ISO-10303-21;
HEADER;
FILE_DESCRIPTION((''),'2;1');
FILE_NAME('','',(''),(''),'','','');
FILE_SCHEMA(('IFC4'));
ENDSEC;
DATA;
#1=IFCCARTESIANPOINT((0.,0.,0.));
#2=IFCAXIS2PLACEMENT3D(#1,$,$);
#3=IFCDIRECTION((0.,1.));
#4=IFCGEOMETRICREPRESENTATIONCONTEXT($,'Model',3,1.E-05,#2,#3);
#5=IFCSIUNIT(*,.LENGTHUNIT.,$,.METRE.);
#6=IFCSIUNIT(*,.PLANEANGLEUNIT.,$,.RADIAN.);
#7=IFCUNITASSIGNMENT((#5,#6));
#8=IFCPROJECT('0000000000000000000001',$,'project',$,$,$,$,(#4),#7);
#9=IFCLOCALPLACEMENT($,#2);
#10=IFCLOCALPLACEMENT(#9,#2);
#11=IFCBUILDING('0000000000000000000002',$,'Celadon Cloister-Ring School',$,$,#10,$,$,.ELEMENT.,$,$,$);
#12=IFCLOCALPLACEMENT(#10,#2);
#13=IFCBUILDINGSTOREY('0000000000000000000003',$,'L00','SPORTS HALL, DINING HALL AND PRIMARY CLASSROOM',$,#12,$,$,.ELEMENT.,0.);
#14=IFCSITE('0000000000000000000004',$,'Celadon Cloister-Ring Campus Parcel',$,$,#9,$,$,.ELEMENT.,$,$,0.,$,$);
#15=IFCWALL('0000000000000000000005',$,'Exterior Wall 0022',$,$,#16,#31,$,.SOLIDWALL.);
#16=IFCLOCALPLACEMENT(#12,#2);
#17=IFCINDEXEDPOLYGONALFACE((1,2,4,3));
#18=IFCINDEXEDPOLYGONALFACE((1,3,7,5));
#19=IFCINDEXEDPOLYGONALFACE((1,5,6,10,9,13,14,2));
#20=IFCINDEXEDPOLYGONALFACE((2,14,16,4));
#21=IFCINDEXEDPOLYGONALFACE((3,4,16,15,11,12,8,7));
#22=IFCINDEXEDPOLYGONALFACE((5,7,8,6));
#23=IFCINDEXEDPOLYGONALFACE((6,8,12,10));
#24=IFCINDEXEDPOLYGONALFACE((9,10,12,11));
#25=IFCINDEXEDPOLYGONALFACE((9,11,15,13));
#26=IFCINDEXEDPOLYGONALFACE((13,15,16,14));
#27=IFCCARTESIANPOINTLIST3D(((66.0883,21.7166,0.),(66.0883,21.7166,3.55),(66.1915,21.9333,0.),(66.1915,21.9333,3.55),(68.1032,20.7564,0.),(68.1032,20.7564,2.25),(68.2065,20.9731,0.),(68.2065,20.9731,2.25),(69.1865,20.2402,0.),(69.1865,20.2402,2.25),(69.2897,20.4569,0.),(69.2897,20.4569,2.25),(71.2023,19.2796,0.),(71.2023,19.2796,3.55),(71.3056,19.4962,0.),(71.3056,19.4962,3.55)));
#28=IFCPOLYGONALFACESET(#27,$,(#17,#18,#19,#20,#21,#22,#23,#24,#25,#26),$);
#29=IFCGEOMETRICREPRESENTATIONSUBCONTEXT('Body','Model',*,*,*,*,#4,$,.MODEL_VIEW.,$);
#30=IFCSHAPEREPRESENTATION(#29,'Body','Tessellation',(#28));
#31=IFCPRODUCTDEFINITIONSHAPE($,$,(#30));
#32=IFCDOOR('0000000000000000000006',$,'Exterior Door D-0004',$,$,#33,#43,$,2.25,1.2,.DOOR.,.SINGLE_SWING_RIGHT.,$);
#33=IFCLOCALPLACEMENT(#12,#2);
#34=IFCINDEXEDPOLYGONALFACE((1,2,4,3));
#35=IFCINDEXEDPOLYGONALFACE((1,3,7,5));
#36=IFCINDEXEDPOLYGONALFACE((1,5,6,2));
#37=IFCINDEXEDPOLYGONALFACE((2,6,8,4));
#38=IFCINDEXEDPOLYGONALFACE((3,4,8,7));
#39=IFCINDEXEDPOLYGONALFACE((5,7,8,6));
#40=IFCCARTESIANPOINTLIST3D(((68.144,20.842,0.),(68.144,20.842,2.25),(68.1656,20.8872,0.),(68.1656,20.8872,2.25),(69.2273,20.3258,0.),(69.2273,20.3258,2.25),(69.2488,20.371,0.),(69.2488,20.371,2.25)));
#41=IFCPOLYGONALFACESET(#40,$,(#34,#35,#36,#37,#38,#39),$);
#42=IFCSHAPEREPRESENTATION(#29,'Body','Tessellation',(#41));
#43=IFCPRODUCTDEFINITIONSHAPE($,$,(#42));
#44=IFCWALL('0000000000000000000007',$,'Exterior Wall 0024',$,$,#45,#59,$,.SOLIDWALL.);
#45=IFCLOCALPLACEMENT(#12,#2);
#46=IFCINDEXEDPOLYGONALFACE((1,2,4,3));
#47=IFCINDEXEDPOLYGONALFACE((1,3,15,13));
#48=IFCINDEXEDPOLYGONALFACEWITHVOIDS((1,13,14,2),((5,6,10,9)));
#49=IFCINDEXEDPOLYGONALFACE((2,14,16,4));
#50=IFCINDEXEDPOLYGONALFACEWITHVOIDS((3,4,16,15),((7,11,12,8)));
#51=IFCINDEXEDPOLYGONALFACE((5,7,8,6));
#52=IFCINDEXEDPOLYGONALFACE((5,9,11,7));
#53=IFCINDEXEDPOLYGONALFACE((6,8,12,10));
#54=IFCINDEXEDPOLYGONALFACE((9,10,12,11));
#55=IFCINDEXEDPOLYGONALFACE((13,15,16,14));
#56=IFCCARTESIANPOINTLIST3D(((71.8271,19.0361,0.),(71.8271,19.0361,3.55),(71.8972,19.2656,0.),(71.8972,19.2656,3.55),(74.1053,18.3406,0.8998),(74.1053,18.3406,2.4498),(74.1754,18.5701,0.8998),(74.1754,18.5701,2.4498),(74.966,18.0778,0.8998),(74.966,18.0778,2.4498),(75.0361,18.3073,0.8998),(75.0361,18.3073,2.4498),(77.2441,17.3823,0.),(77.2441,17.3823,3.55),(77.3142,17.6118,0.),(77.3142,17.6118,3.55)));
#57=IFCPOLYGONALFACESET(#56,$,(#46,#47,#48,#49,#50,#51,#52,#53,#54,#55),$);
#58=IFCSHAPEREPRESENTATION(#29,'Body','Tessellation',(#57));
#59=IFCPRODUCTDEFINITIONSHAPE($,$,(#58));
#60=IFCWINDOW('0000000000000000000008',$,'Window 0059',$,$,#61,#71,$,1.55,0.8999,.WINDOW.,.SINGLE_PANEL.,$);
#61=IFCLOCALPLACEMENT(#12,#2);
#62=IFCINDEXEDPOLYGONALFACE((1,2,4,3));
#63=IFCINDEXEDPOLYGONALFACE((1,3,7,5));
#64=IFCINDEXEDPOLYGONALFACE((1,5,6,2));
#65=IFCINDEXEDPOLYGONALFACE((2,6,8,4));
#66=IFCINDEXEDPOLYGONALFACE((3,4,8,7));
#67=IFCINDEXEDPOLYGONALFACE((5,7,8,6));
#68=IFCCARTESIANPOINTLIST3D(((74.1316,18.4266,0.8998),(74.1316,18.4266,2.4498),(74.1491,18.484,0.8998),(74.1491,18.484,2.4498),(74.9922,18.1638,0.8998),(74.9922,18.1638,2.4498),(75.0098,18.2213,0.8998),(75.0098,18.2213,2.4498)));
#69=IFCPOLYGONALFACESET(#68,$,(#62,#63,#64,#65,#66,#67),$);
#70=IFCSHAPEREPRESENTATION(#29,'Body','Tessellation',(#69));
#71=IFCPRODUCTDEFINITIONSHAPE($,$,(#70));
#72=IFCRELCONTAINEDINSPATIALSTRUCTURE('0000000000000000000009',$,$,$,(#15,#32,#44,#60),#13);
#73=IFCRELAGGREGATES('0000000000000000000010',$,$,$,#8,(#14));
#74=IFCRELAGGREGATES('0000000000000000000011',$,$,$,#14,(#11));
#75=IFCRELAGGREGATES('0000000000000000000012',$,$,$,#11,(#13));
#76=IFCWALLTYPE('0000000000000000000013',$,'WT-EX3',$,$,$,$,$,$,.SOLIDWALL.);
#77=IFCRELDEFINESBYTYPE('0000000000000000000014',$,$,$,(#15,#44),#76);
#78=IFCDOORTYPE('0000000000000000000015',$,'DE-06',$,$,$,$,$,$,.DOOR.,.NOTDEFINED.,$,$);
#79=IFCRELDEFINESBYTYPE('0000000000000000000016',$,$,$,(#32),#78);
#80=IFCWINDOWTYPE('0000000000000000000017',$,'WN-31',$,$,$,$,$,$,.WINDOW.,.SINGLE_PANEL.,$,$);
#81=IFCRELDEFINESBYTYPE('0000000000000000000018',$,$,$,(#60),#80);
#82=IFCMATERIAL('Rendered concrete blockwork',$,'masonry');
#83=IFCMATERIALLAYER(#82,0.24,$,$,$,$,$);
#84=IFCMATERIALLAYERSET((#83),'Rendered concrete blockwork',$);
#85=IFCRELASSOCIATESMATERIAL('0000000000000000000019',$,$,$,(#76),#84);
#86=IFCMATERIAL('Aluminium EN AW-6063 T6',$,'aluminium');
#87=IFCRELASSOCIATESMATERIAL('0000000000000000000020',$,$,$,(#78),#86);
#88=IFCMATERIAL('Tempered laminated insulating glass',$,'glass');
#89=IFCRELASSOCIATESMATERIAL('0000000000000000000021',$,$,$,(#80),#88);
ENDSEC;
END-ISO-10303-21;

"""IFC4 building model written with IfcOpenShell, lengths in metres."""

from ifc_helpers import new_model, si_unit, direction, frame, frame_2d, origin, place, context, subcontext, project, spatial, rectangle, extrude, material, layer, layer_set, type_object, element, fill, save


model = new_model("IFC4")

# Units and contexts
model_context = context("Model", 3, precision=1e-05, world=origin(), true_north=direction((0.0, 1.0)))
body_context = subcontext(model_context, "Body", "Model", "MODEL_VIEW")
ifc_project = project(units=[si_unit("LENGTHUNIT", "METRE"), si_unit("PLANEANGLEUNIT", "RADIAN")], contexts=[model_context])

# Site, building, storey
site_placement = place(None, origin())
site = spatial("IfcSite", under=ifc_project, at=site_placement, Name="Celadon Cloister-Ring Campus Parcel", CompositionType="ELEMENT", RefElevation=0.0)
building_placement = place(site_placement, origin())
building = spatial("IfcBuilding", under=site, at=building_placement, Name="Celadon Cloister-Ring School", CompositionType="ELEMENT")
storey_placement = place(building_placement, origin())
storey = spatial("IfcBuildingStorey", under=building, at=storey_placement, Name="L00", Description="SPORTS HALL, DINING HALL AND PRIMARY CLASSROOM", CompositionType="ELEMENT", Elevation=0.0)

# Wall, opening, door
ifc_material_1 = material(Name="Rendered concrete blockwork", Category="masonry")
ifc_layer_1 = layer(ifc_material_1, 0.24)
ifc_layer_set_1 = layer_set([ifc_layer_1], Name="Rendered concrete blockwork")
wall_type = type_object("IfcWallType", Name="WT-EX3", PredefinedType="SOLIDWALL", material=ifc_layer_set_1)
wall_1_placement = place(storey_placement, frame((66.1399, 21.825, 0.0), z_axis=(0.0, 0.0, 1.0), x_axis=(0.902739, -0.430188, 0.0)))
wall_1 = element("IfcWall", 1, at=wall_1_placement, inside=storey, type_object=wall_type, Name="Exterior Wall 0022", PredefinedType="SOLIDWALL", context=body_context, shape_type="SweptSolid", body=[
    extrude(rectangle(XDim=5.665, YDim=0.24, at=frame_2d((2.8325, 0.0))), origin(), (0.0, 0.0, 1.0), 3.55),
])
opening_1_placement = place(wall_1_placement, frame((2.2319, 0.0, 0.0)))
opening_1 = element("IfcOpeningElement", 2, at=opening_1_placement, cuts=wall_1, PredefinedType="OPENING", context=body_context, shape_type="SweptSolid", body=[
    extrude(rectangle(XDim=1.2, YDim=2.25, at=frame_2d((0.6001, 1.125))), frame((0.0, 0.1299, 0.0), z_axis=(0.0, -1.0, 0.0), x_axis=(1.0, 0.0, 0.0)), (0.0, 0.0, 1.0), 0.26),
])
ifc_material_2 = material(Name="Aluminium EN AW-6063 T6", Category="aluminium")
door_type = type_object("IfcDoorType", Name="DE-06", OperationType="NOTDEFINED", PredefinedType="DOOR", material=ifc_material_2)
door_placement = place(opening_1_placement, origin())
door = element("IfcDoor", 3, at=door_placement, inside=storey, type_object=door_type, Name="Exterior Door D-0004", OperationType="SINGLE_SWING_RIGHT", OverallHeight=2.25, OverallWidth=1.2, PredefinedType="DOOR", context=body_context, shape_type="SweptSolid", body=[
    extrude(rectangle(XDim=1.2, YDim=2.25, at=frame_2d((0.6001, 1.125))), frame((0.0, 0.0249, 0.0), z_axis=(0.0, -1.0, 0.0), x_axis=(1.0, 0.0, 0.0)), (0.0, 0.0, 1.0), 0.05),
])
fill(opening_1, door)

# Wall, opening, window
wall_2_placement = place(storey_placement, frame((71.8621, 19.1509, 0.0), z_axis=(0.0, 0.0, 1.0), x_axis=(0.95642, -0.291995, 0.0)))
wall_2 = element("IfcWall", 4, at=wall_2_placement, inside=storey, type_object=wall_type, Name="Exterior Wall 0024", PredefinedType="SOLIDWALL", context=body_context, shape_type="SweptSolid", body=[
    extrude(rectangle(XDim=5.6638, YDim=0.24, at=frame_2d((2.832, 0.0))), origin(), (0.0, 0.0, 1.0), 3.55),
])
opening_2_placement = place(wall_2_placement, frame((2.3821, 0.0, 0.8999)))
opening_2 = element("IfcOpeningElement", 5, at=opening_2_placement, cuts=wall_2, PredefinedType="OPENING", context=body_context, shape_type="SweptSolid", body=[
    extrude(rectangle(XDim=0.8999, YDim=1.55, at=frame_2d((0.45, 0.7749))), frame((0.0, 0.1299, 0.0), z_axis=(0.0, -1.0, 0.0), x_axis=(1.0, 0.0, 0.0)), (0.0, 0.0, 1.0), 0.26),
])
ifc_material_3 = material(Name="Tempered laminated insulating glass", Category="glass")
window_type = type_object("IfcWindowType", Name="WN-31", PartitioningType="SINGLE_PANEL", PredefinedType="WINDOW", material=ifc_material_3)
window_placement = place(opening_2_placement, origin())
window = element("IfcWindow", 6, at=window_placement, inside=storey, type_object=window_type, Name="Window 0059", OverallHeight=1.55, OverallWidth=0.8999, PartitioningType="SINGLE_PANEL", PredefinedType="WINDOW", context=body_context, shape_type="SweptSolid", body=[
    extrude(rectangle(XDim=0.8999, YDim=1.55, at=frame_2d((0.45, 0.7749))), frame((0.0, 0.03, 0.0), z_axis=(0.0, -1.0, 0.0), x_axis=(1.0, 0.0, 0.0)), (0.0, 0.0, 1.0), 0.0601),
])
fill(opening_2, window)

save(model, "model.ifc")
